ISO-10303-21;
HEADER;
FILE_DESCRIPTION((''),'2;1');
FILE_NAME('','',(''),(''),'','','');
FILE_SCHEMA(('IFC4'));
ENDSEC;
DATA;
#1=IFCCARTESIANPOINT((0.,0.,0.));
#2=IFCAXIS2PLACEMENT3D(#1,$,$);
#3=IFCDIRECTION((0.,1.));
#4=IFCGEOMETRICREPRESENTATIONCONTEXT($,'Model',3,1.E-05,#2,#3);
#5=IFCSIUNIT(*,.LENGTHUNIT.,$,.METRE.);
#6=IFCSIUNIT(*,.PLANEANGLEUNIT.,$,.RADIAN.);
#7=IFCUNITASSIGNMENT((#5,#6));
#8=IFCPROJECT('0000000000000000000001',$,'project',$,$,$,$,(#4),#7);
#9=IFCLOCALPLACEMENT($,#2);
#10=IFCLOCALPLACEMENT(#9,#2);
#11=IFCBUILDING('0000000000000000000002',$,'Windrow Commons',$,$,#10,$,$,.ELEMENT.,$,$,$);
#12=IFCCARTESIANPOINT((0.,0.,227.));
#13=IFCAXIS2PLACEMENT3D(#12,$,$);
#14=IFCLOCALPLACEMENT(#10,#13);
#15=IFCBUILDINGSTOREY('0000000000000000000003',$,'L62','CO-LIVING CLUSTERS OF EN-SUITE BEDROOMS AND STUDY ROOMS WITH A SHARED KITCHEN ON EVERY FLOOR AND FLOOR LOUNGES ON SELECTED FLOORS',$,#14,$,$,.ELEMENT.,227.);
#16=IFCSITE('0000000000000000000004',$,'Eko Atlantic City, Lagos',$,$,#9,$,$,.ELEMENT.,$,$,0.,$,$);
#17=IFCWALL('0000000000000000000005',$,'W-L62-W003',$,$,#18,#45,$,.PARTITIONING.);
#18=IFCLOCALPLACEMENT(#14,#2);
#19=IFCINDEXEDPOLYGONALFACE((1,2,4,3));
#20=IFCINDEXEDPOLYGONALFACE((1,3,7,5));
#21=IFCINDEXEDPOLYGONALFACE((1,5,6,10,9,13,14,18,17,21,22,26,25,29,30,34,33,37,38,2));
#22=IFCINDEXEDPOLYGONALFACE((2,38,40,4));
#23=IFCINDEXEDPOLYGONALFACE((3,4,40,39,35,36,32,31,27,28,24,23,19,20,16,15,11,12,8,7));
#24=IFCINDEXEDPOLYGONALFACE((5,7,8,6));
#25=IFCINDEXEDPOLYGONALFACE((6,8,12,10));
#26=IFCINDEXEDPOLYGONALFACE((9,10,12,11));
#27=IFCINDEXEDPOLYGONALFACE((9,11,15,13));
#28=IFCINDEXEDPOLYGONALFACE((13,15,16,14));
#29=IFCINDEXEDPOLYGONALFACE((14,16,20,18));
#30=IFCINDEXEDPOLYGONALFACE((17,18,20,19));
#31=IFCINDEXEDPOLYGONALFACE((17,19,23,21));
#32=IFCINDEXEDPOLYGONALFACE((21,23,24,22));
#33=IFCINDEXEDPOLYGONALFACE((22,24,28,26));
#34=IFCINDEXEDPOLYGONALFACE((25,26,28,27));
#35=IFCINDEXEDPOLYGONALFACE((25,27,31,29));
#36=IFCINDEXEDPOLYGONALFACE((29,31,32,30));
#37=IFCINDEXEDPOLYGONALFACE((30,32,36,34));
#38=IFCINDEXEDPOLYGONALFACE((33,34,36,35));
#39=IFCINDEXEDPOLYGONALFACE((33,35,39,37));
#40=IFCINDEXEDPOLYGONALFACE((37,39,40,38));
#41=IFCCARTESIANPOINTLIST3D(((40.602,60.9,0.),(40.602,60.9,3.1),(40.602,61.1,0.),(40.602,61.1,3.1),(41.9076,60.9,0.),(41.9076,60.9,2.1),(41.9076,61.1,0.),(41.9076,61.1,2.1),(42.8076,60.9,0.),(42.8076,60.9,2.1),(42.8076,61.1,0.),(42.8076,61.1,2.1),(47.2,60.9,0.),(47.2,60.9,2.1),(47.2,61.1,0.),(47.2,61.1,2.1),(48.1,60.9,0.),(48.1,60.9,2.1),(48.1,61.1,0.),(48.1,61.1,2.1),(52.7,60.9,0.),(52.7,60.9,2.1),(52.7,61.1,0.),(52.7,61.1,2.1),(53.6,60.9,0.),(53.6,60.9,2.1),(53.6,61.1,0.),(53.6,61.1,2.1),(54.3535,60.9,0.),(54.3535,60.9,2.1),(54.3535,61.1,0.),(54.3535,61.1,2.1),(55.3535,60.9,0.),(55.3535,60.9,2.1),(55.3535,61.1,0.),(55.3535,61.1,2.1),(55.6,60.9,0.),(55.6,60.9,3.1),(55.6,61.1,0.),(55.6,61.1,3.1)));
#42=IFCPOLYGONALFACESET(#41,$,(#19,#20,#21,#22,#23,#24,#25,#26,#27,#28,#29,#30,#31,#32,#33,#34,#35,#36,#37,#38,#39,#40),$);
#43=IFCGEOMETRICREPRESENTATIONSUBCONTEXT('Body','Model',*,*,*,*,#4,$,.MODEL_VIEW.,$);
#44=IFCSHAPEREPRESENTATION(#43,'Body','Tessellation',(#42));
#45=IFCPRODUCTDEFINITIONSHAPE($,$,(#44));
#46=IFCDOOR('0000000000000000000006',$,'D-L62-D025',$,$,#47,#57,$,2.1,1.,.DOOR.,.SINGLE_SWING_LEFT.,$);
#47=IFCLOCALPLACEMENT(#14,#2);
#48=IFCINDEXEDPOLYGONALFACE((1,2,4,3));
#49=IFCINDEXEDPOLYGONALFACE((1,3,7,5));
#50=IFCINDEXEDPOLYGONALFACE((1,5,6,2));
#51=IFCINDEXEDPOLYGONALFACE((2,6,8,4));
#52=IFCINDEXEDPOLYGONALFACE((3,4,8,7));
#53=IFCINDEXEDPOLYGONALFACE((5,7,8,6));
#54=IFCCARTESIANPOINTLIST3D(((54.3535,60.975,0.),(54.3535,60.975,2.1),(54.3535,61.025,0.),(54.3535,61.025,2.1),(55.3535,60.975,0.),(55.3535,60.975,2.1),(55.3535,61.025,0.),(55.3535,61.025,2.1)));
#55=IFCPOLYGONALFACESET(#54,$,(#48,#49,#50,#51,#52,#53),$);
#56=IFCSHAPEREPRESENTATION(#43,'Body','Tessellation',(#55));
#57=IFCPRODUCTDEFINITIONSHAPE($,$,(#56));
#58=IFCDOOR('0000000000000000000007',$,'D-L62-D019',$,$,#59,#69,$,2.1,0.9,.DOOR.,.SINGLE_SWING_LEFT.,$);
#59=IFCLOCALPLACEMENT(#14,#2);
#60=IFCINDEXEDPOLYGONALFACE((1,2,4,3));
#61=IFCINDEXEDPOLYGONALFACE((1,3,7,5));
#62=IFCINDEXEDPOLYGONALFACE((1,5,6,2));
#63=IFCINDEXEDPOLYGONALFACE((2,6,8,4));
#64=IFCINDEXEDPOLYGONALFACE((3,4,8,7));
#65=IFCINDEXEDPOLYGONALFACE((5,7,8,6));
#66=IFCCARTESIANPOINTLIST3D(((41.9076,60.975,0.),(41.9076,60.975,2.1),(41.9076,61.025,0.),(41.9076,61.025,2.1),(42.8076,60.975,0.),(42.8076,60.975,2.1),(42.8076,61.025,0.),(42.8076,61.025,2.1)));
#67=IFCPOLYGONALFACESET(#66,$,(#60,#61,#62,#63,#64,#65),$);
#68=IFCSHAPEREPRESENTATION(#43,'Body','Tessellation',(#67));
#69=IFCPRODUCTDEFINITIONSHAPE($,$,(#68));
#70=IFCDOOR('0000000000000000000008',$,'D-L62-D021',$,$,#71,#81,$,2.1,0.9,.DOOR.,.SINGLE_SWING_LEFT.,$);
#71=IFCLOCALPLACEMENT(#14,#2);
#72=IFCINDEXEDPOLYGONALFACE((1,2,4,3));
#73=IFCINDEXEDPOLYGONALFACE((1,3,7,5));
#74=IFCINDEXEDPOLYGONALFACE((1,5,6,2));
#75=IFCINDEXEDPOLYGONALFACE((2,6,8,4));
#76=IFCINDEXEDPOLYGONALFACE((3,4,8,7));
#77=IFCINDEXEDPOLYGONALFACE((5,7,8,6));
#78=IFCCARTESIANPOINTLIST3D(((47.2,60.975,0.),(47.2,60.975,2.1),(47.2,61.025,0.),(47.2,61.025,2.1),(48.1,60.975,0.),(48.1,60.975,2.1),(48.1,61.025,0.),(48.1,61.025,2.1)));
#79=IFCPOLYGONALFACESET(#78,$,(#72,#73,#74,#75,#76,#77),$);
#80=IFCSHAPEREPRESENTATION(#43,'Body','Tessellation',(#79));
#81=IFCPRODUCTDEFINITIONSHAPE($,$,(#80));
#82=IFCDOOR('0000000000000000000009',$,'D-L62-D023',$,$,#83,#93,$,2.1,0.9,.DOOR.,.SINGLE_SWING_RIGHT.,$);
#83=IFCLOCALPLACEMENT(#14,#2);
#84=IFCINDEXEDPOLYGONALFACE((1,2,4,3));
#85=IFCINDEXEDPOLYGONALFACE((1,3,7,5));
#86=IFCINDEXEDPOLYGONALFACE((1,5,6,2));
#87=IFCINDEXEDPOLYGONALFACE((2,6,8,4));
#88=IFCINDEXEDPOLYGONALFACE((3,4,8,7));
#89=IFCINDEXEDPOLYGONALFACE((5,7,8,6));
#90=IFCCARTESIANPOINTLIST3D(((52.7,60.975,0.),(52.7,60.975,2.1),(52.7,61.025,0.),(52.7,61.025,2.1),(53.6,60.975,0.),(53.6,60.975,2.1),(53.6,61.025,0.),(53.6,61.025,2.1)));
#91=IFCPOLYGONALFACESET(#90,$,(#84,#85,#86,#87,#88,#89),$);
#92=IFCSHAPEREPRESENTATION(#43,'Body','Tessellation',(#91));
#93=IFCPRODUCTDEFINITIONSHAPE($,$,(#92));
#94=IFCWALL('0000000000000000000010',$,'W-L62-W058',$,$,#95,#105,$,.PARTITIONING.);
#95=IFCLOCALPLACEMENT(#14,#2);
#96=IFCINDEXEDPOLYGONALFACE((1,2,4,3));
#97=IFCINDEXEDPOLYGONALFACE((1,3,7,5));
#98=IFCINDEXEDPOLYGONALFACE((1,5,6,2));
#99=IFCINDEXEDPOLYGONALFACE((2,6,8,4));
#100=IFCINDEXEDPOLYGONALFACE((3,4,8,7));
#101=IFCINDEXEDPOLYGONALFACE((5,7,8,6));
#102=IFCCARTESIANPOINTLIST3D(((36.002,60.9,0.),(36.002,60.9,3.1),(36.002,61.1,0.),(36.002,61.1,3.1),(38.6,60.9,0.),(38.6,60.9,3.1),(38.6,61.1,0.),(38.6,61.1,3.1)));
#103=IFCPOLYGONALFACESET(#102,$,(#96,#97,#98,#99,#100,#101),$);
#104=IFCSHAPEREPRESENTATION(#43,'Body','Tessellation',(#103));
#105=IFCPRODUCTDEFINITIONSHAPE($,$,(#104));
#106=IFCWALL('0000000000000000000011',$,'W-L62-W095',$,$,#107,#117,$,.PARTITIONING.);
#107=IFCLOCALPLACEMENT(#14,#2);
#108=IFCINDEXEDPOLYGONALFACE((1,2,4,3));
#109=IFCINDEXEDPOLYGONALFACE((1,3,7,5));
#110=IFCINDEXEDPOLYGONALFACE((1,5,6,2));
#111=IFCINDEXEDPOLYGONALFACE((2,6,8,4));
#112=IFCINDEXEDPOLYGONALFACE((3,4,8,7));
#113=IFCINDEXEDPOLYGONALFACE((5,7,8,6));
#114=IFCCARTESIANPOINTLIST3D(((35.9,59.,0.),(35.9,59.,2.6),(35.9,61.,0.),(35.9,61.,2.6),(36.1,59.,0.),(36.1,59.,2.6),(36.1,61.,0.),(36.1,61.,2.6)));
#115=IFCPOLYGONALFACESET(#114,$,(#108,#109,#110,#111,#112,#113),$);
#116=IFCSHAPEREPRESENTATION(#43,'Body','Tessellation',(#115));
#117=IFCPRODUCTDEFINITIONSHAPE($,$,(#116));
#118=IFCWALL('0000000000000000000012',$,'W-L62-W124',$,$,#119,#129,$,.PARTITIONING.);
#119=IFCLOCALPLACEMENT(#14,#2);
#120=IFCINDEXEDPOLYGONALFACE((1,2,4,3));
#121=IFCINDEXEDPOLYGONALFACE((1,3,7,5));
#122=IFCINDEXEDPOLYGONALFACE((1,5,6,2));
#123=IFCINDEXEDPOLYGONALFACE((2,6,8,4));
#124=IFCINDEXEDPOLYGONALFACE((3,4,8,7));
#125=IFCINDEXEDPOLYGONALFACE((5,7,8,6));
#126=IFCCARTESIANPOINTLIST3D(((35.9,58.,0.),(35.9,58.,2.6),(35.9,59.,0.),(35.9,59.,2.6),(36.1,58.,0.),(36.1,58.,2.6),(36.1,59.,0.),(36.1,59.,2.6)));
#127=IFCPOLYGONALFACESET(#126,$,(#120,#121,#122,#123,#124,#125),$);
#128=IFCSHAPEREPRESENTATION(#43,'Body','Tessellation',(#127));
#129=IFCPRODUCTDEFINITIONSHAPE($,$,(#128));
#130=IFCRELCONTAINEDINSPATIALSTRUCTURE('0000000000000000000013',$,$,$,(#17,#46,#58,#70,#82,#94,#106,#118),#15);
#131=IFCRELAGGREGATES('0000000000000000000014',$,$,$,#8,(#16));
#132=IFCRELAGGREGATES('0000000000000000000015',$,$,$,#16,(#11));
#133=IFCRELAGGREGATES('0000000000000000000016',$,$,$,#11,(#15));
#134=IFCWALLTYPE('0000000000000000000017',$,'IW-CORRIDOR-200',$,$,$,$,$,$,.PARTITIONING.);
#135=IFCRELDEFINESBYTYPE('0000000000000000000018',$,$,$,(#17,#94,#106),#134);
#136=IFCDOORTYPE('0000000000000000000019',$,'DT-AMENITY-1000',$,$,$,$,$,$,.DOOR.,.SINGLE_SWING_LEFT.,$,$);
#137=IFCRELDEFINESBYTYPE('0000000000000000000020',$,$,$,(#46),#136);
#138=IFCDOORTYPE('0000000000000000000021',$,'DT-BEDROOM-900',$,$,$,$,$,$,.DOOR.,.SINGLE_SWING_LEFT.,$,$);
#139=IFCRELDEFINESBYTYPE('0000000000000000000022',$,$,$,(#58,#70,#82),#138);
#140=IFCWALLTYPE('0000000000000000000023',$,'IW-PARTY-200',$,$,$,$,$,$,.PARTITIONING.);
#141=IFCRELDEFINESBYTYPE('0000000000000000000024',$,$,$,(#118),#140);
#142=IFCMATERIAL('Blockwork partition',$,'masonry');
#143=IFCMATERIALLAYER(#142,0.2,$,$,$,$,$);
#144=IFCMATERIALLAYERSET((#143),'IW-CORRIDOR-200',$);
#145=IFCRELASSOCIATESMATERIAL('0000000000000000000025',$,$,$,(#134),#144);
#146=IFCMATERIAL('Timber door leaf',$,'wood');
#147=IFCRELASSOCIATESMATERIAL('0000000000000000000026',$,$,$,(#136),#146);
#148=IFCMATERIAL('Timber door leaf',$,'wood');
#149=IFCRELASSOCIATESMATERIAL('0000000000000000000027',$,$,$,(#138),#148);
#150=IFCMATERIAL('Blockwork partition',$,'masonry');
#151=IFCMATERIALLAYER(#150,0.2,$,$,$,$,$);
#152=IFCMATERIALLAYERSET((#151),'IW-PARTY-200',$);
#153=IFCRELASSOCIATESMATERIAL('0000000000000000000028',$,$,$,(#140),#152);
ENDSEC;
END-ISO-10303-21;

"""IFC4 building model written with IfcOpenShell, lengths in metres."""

from ifc_helpers import new_model, si_unit, direction, frame, frame_2d, origin, place, context, subcontext, project, spatial, rectangle, extrude, material, layer, layer_set, type_object, element, fill, save


model = new_model("IFC4")

# Units and contexts
model_context = context("Model", 3, precision=1e-05, world=origin(), true_north=direction((0.0, 1.0)))
body_context = subcontext(model_context, "Body", "Model", "MODEL_VIEW")
ifc_project = project(units=[si_unit("LENGTHUNIT", "METRE"), si_unit("PLANEANGLEUNIT", "RADIAN")], contexts=[model_context])

# Site, building, storey
site_placement = place(None, origin())
site = spatial("IfcSite", under=ifc_project, at=site_placement, Name="Eko Atlantic City, Lagos", CompositionType="ELEMENT", RefElevation=0.0)
building_placement = place(site_placement, origin())
building = spatial("IfcBuilding", under=site, at=building_placement, Name="Windrow Commons", CompositionType="ELEMENT")
storey_placement = place(building_placement, frame((0.0, 0.0, 227.0)))
storey = spatial("IfcBuildingStorey", under=building, at=storey_placement, Name="L62", Description="CO-LIVING CLUSTERS OF EN-SUITE BEDROOMS AND STUDY ROOMS WITH A SHARED KITCHEN ON EVERY FLOOR AND FLOOR LOUNGES ON SELECTED FLOORS", CompositionType="ELEMENT", Elevation=227.0)

# Wall, openings, doors
ifc_material_1 = material(Name="Blockwork partition", Category="masonry")
ifc_layer_1 = layer(ifc_material_1, 0.2)
ifc_layer_set_1 = layer_set([ifc_layer_1], Name="IW-CORRIDOR-200")
wall_type_1 = type_object("IfcWallType", Name="IW-CORRIDOR-200", PredefinedType="PARTITIONING", material=ifc_layer_set_1)
ifc_material_2 = material(Name="Timber door leaf", Category="wood")
door_type_1 = type_object("IfcDoorType", Name="DT-AMENITY-1000", OperationType="SINGLE_SWING_LEFT", PredefinedType="DOOR", material=ifc_material_2)
ifc_material_3 = material(Name="Timber door leaf", Category="wood")
door_type_2 = type_object("IfcDoorType", Name="DT-BEDROOM-900", OperationType="SINGLE_SWING_LEFT", PredefinedType="DOOR", material=ifc_material_3)
wall_1_placement = place(storey_placement, frame((40.602, 61.0, 0.0), z_axis=(0.0, 0.0, 1.0), x_axis=(1.0, 0.0, 0.0)))
wall_1 = element("IfcWall", 1, at=wall_1_placement, inside=storey, type_object=wall_type_1, Name="W-L62-W003", PredefinedType="PARTITIONING", context=body_context, shape_type="SweptSolid", body=[
    extrude(rectangle(XDim=14.998, YDim=0.2, at=frame_2d((7.499, 0.0))), origin(), (0.0, 0.0, 1.0), 3.1),
])
opening_1_placement = place(wall_1_placement, frame((1.3056, 0.0, 0.0)))
opening_1 = element("IfcOpeningElement", 2, at=opening_1_placement, cuts=wall_1, PredefinedType="OPENING", context=body_context, shape_type="SweptSolid", body=[
    extrude(rectangle(XDim=0.9, YDim=2.1, at=frame_2d((0.45, 1.05))), frame((0.0, 0.11, 0.0), z_axis=(0.0, -1.0, 0.0), x_axis=(1.0, 0.0, 0.0)), (0.0, 0.0, 1.0), 0.22),
])
opening_2_placement = place(wall_1_placement, frame((6.598, 0.0, 0.0)))
opening_2 = element("IfcOpeningElement", 3, at=opening_2_placement, cuts=wall_1, PredefinedType="OPENING", context=body_context, shape_type="SweptSolid", body=[
    extrude(rectangle(XDim=0.9, YDim=2.1, at=frame_2d((0.45, 1.05))), frame((0.0, 0.11, 0.0), z_axis=(0.0, -1.0, 0.0), x_axis=(1.0, 0.0, 0.0)), (0.0, 0.0, 1.0), 0.22),
])
opening_3_placement = place(wall_1_placement, frame((12.098, 0.0, 0.0)))
opening_3 = element("IfcOpeningElement", 4, at=opening_3_placement, cuts=wall_1, PredefinedType="OPENING", context=body_context, shape_type="SweptSolid", body=[
    extrude(rectangle(XDim=0.9, YDim=2.1, at=frame_2d((0.45, 1.05))), frame((0.0, 0.11, 0.0), z_axis=(0.0, -1.0, 0.0), x_axis=(1.0, 0.0, 0.0)), (0.0, 0.0, 1.0), 0.22),
])
opening_4_placement = place(wall_1_placement, frame((13.7515, 0.0, 0.0)))
opening_4 = element("IfcOpeningElement", 5, at=opening_4_placement, cuts=wall_1, PredefinedType="OPENING", context=body_context, shape_type="SweptSolid", body=[
    extrude(rectangle(XDim=1.0, YDim=2.1, at=frame_2d((0.5, 1.05))), frame((0.0, 0.11, 0.0), z_axis=(0.0, -1.0, 0.0), x_axis=(1.0, 0.0, 0.0)), (0.0, 0.0, 1.0), 0.22),
])
door_1_placement = place(opening_4_placement, origin())
door_1 = element("IfcDoor", 6, at=door_1_placement, inside=storey, type_object=door_type_1, Name="D-L62-D025", OperationType="SINGLE_SWING_LEFT", OverallHeight=2.1, OverallWidth=1.0, PredefinedType="DOOR", context=body_context, shape_type="SweptSolid", body=[
    extrude(rectangle(XDim=1.0, YDim=2.1, at=frame_2d((0.5, 1.05))), frame((0.0, 0.025, 0.0), z_axis=(0.0, -1.0, 0.0), x_axis=(1.0, 0.0, 0.0)), (0.0, 0.0, 1.0), 0.05),
])
fill(opening_4, door_1)
door_2_placement = place(opening_1_placement, origin())
door_2 = element("IfcDoor", 7, at=door_2_placement, inside=storey, type_object=door_type_2, Name="D-L62-D019", OperationType="SINGLE_SWING_LEFT", OverallHeight=2.1, OverallWidth=0.9, PredefinedType="DOOR", context=body_context, shape_type="SweptSolid", body=[
    extrude(rectangle(XDim=0.9, YDim=2.1, at=frame_2d((0.45, 1.05))), frame((0.0, 0.025, 0.0), z_axis=(0.0, -1.0, 0.0), x_axis=(1.0, 0.0, 0.0)), (0.0, 0.0, 1.0), 0.05),
])
fill(opening_1, door_2)
door_3_placement = place(opening_2_placement, origin())
door_3 = element("IfcDoor", 8, at=door_3_placement, inside=storey, type_object=door_type_2, Name="D-L62-D021", OperationType="SINGLE_SWING_LEFT", OverallHeight=2.1, OverallWidth=0.9, PredefinedType="DOOR", context=body_context, shape_type="SweptSolid", body=[
    extrude(rectangle(XDim=0.9, YDim=2.1, at=frame_2d((0.45, 1.05))), frame((0.0, 0.025, 0.0), z_axis=(0.0, -1.0, 0.0), x_axis=(1.0, 0.0, 0.0)), (0.0, 0.0, 1.0), 0.05),
])
fill(opening_2, door_3)
door_4_placement = place(opening_3_placement, origin())
door_4 = element("IfcDoor", 9, at=door_4_placement, inside=storey, type_object=door_type_2, Name="D-L62-D023", OperationType="SINGLE_SWING_RIGHT", OverallHeight=2.1, OverallWidth=0.9, PredefinedType="DOOR", context=body_context, shape_type="SweptSolid", body=[
    extrude(rectangle(XDim=0.9, YDim=2.1, at=frame_2d((0.45, 1.05))), frame((0.0, 0.025, 0.0), z_axis=(0.0, -1.0, 0.0), x_axis=(1.0, 0.0, 0.0)), (0.0, 0.0, 1.0), 0.05),
])
fill(opening_3, door_4)

# Walls
wall_2_placement = place(storey_placement, frame((36.002, 61.0, 0.0), z_axis=(0.0, 0.0, 1.0), x_axis=(1.0, 0.0, 0.0)))
element("IfcWall", 10, at=wall_2_placement, inside=storey, type_object=wall_type_1, Name="W-L62-W058", PredefinedType="PARTITIONING", context=body_context, shape_type="SweptSolid", body=[
    extrude(rectangle(XDim=2.598, YDim=0.2, at=frame_2d((1.299, 0.0))), origin(), (0.0, 0.0, 1.0), 3.1),
])
wall_3_placement = place(storey_placement, frame((36.0, 59.0, 0.0), z_axis=(0.0, 0.0, 1.0), x_axis=(0.0, 1.0, 0.0)))
element("IfcWall", 11, at=wall_3_placement, inside=storey, type_object=wall_type_1, Name="W-L62-W095", PredefinedType="PARTITIONING", context=body_context, shape_type="SweptSolid", body=[
    extrude(rectangle(XDim=2.0, YDim=0.2, at=frame_2d((1.0, 0.0))), origin(), (0.0, 0.0, 1.0), 2.6),
])
ifc_material_4 = material(Name="Blockwork partition", Category="masonry")
ifc_layer_2 = layer(ifc_material_4, 0.2)
ifc_layer_set_2 = layer_set([ifc_layer_2], Name="IW-PARTY-200")
wall_type_2 = type_object("IfcWallType", Name="IW-PARTY-200", PredefinedType="PARTITIONING", material=ifc_layer_set_2)
wall_4_placement = place(storey_placement, frame((36.0, 58.0, 0.0), z_axis=(0.0, 0.0, 1.0), x_axis=(0.0, 1.0, 0.0)))
element("IfcWall", 12, at=wall_4_placement, inside=storey, type_object=wall_type_2, Name="W-L62-W124", PredefinedType="PARTITIONING", context=body_context, shape_type="SweptSolid", body=[
    extrude(rectangle(XDim=1.0, YDim=0.2, at=frame_2d((0.5, 0.0))), origin(), (0.0, 0.0, 1.0), 2.6),
])

save(model, "model.ifc")
